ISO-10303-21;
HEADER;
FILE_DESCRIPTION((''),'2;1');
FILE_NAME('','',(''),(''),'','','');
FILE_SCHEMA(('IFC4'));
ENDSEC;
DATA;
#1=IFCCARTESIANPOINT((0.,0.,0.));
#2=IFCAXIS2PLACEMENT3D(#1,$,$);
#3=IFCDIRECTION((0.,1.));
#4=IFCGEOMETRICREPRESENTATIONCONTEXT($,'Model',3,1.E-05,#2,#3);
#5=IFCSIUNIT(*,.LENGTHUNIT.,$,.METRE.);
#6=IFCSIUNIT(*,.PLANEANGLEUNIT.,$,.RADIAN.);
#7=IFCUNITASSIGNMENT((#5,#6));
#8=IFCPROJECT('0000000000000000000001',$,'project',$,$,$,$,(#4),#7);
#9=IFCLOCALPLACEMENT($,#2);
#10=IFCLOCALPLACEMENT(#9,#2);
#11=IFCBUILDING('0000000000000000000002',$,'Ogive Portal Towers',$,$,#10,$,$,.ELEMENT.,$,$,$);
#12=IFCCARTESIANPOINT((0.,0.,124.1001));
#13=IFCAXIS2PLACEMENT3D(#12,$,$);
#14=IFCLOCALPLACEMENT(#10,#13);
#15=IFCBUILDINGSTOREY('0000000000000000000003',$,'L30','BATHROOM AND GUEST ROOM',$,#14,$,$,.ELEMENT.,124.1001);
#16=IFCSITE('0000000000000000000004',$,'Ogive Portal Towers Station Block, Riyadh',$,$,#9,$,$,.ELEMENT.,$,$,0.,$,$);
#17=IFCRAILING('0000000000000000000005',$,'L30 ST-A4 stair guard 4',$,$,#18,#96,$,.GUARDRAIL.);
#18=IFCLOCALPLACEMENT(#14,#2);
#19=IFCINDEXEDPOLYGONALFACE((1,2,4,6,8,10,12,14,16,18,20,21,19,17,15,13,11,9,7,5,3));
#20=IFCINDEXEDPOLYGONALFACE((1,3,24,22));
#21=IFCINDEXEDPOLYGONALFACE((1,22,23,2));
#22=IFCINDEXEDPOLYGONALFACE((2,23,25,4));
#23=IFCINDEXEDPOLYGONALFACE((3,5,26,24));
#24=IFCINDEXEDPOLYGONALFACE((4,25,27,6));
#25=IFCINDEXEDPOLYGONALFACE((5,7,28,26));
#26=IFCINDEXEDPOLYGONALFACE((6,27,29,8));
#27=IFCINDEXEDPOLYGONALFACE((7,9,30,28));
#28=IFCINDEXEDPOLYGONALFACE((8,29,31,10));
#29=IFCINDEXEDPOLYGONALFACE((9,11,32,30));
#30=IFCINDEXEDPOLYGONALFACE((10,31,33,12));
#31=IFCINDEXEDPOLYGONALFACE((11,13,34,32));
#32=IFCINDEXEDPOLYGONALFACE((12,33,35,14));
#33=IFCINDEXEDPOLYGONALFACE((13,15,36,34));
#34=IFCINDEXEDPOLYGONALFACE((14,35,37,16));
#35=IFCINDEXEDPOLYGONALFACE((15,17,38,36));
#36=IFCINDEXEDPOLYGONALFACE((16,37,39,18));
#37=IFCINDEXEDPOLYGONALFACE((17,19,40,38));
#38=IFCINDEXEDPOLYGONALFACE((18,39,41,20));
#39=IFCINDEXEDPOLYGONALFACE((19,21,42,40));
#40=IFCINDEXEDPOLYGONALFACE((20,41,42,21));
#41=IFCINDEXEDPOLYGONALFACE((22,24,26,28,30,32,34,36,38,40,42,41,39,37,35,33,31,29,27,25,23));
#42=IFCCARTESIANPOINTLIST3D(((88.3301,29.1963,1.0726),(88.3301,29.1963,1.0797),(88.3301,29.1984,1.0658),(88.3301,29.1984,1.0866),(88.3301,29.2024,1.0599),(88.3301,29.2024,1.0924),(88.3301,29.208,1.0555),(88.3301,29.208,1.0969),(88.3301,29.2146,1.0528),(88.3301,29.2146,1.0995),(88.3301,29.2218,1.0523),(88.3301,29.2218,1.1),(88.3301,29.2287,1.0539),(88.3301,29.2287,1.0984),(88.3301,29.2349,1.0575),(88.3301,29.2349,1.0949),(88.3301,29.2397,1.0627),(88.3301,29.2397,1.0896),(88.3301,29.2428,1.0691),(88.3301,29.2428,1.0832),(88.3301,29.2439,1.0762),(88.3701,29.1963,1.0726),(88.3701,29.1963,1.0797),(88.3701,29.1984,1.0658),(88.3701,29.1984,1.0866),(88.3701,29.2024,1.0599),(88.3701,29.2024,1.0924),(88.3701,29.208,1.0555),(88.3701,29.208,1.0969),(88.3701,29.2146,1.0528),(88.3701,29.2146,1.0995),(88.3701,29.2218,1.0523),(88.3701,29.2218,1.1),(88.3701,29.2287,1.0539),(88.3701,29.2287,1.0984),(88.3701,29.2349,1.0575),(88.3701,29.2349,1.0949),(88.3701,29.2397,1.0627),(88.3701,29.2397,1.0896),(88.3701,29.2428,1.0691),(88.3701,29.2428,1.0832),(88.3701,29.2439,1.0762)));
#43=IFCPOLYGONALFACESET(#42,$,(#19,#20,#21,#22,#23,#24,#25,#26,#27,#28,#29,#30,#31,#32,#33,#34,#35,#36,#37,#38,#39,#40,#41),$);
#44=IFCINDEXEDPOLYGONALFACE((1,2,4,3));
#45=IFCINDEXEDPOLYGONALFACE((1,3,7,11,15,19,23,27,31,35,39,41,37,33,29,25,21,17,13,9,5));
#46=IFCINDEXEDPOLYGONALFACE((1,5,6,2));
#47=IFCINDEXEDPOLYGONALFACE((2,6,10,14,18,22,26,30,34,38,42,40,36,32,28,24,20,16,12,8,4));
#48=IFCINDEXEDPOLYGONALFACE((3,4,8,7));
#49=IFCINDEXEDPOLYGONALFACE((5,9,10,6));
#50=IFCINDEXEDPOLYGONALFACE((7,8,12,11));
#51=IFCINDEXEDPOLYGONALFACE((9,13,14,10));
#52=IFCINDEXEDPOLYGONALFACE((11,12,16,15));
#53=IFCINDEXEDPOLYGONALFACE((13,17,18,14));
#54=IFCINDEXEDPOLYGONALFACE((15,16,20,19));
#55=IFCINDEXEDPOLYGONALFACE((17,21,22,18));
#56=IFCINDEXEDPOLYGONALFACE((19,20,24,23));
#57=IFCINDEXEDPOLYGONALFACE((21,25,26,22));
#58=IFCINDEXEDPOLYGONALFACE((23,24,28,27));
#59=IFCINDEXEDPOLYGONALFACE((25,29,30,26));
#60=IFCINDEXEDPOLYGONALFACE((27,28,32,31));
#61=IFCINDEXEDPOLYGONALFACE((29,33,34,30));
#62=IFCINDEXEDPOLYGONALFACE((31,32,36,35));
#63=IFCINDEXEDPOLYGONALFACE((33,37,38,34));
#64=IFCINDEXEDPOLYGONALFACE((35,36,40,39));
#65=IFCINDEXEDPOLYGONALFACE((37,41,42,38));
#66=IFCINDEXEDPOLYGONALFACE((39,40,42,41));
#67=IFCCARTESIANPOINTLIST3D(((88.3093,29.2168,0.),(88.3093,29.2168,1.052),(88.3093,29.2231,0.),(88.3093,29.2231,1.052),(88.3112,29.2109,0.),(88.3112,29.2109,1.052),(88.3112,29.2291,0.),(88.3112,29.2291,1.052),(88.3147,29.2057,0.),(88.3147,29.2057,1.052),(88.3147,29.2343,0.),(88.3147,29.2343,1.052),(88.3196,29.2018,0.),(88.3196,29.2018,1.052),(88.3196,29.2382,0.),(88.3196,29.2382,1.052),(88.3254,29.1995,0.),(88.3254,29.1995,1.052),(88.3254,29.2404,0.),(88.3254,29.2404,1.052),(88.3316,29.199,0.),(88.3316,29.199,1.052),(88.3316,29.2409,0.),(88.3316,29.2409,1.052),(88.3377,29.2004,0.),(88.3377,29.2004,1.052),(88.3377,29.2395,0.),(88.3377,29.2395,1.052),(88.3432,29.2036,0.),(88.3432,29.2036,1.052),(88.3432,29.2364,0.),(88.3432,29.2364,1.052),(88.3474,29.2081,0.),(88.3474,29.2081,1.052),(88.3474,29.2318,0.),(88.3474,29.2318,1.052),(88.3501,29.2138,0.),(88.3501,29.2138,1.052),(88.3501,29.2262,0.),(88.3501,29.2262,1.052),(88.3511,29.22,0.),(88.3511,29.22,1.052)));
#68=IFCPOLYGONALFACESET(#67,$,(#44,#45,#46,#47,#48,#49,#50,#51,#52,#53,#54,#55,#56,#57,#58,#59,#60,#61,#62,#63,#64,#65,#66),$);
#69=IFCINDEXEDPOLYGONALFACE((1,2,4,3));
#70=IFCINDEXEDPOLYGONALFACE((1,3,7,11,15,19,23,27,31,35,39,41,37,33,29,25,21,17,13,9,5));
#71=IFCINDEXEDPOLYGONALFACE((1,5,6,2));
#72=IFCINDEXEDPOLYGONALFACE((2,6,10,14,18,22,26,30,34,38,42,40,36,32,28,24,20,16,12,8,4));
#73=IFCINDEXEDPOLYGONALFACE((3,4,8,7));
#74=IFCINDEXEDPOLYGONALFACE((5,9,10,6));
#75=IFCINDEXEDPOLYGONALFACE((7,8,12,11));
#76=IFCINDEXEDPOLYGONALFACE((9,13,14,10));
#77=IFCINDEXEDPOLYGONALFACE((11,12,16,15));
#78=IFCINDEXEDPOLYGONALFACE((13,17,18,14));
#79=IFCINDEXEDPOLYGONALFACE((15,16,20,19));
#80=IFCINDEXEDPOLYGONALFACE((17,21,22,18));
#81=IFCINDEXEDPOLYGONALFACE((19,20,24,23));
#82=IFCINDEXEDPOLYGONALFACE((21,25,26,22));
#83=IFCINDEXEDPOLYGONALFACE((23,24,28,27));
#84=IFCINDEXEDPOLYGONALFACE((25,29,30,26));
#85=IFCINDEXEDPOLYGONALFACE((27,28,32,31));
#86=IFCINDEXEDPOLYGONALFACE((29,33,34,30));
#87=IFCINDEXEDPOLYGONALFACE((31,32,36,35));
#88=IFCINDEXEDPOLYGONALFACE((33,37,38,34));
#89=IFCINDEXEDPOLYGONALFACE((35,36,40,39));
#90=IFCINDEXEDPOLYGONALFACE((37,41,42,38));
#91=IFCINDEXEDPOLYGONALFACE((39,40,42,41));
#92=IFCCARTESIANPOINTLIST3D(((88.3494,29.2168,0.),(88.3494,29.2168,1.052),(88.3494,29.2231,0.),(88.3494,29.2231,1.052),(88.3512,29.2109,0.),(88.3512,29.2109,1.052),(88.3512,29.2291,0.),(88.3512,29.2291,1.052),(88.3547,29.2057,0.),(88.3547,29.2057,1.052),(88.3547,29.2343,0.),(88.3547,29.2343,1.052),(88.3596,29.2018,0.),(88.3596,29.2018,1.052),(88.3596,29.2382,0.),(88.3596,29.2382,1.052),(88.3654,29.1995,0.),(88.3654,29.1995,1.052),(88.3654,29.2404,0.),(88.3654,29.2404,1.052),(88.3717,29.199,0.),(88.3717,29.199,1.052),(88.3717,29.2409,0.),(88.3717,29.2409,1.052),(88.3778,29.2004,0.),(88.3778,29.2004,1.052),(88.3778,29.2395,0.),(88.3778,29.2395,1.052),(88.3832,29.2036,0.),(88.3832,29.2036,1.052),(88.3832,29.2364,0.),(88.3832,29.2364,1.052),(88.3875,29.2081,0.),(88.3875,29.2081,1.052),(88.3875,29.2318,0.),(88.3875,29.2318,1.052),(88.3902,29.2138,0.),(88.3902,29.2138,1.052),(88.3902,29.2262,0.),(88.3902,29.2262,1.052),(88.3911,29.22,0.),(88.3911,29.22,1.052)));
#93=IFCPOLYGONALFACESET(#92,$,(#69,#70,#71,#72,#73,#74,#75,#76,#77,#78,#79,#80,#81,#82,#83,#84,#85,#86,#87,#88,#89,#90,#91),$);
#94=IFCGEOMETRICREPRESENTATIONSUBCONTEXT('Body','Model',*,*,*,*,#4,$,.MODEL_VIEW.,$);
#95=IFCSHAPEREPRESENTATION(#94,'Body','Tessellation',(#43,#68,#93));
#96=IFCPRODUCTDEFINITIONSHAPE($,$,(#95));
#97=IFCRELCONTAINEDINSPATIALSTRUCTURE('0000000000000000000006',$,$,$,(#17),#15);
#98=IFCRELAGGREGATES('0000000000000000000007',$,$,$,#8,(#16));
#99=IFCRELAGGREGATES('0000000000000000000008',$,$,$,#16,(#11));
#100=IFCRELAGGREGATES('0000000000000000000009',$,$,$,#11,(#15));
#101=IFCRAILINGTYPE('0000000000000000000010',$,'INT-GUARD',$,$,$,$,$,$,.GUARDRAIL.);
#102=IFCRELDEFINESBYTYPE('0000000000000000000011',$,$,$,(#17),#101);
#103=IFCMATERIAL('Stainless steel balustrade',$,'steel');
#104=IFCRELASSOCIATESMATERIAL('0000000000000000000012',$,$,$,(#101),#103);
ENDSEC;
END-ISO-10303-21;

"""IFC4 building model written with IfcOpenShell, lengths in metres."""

from ifc_helpers import new_model, si_unit, direction, frame, origin, origin_2d, place, context, subcontext, project, spatial, circle, extrude, material, type_object, element, save


model = new_model("IFC4")

# Units and contexts
model_context = context("Model", 3, precision=1e-05, world=origin(), true_north=direction((0.0, 1.0)))
body_context = subcontext(model_context, "Body", "Model", "MODEL_VIEW")
ifc_project = project(units=[si_unit("LENGTHUNIT", "METRE"), si_unit("PLANEANGLEUNIT", "RADIAN")], contexts=[model_context])

# Site, building, storey
site_placement = place(None, origin())
site = spatial("IfcSite", under=ifc_project, at=site_placement, Name="Ogive Portal Towers Station Block, Riyadh", CompositionType="ELEMENT", RefElevation=0.0)
building_placement = place(site_placement, origin())
building = spatial("IfcBuilding", under=site, at=building_placement, Name="Ogive Portal Towers", CompositionType="ELEMENT")
storey_placement = place(building_placement, frame((0.0, 0.0, 124.1001)))
storey = spatial("IfcBuildingStorey", under=building, at=storey_placement, Name="L30", Description="BATHROOM AND GUEST ROOM", CompositionType="ELEMENT", Elevation=124.1001)

# Railing
ifc_material_1 = material(Name="Stainless steel balustrade", Category="steel")
railing_type_1 = type_object("IfcRailingType", Name="INT-GUARD", PredefinedType="GUARDRAIL", material=ifc_material_1)
railing_1_placement = place(storey_placement, frame((88.3301, 29.22, 0.0)))
element("IfcRailing", 1, at=railing_1_placement, inside=storey, type_object=railing_type_1, Name="L30 ST-A4 stair guard 4", PredefinedType="GUARDRAIL", context=body_context, shape_type="SweptSolid", body=[
    extrude(circle(Radius=0.0239, at=origin_2d()), frame((0.0, 0.0, 1.0762), z_axis=(1.0, 0.0, 0.0), x_axis=(0.0, 1.0, 0.0)), (0.0, 0.0, 1.0), 0.04),
    extrude(circle(Radius=0.021, at=origin_2d()), origin(), (0.0, 0.0, 1.0), 1.052),
    extrude(circle(Radius=0.021, at=origin_2d()), frame((0.04, 0.0, 0.0)), (0.0, 0.0, 1.0), 1.052),
])

save(model, "model.ifc")
